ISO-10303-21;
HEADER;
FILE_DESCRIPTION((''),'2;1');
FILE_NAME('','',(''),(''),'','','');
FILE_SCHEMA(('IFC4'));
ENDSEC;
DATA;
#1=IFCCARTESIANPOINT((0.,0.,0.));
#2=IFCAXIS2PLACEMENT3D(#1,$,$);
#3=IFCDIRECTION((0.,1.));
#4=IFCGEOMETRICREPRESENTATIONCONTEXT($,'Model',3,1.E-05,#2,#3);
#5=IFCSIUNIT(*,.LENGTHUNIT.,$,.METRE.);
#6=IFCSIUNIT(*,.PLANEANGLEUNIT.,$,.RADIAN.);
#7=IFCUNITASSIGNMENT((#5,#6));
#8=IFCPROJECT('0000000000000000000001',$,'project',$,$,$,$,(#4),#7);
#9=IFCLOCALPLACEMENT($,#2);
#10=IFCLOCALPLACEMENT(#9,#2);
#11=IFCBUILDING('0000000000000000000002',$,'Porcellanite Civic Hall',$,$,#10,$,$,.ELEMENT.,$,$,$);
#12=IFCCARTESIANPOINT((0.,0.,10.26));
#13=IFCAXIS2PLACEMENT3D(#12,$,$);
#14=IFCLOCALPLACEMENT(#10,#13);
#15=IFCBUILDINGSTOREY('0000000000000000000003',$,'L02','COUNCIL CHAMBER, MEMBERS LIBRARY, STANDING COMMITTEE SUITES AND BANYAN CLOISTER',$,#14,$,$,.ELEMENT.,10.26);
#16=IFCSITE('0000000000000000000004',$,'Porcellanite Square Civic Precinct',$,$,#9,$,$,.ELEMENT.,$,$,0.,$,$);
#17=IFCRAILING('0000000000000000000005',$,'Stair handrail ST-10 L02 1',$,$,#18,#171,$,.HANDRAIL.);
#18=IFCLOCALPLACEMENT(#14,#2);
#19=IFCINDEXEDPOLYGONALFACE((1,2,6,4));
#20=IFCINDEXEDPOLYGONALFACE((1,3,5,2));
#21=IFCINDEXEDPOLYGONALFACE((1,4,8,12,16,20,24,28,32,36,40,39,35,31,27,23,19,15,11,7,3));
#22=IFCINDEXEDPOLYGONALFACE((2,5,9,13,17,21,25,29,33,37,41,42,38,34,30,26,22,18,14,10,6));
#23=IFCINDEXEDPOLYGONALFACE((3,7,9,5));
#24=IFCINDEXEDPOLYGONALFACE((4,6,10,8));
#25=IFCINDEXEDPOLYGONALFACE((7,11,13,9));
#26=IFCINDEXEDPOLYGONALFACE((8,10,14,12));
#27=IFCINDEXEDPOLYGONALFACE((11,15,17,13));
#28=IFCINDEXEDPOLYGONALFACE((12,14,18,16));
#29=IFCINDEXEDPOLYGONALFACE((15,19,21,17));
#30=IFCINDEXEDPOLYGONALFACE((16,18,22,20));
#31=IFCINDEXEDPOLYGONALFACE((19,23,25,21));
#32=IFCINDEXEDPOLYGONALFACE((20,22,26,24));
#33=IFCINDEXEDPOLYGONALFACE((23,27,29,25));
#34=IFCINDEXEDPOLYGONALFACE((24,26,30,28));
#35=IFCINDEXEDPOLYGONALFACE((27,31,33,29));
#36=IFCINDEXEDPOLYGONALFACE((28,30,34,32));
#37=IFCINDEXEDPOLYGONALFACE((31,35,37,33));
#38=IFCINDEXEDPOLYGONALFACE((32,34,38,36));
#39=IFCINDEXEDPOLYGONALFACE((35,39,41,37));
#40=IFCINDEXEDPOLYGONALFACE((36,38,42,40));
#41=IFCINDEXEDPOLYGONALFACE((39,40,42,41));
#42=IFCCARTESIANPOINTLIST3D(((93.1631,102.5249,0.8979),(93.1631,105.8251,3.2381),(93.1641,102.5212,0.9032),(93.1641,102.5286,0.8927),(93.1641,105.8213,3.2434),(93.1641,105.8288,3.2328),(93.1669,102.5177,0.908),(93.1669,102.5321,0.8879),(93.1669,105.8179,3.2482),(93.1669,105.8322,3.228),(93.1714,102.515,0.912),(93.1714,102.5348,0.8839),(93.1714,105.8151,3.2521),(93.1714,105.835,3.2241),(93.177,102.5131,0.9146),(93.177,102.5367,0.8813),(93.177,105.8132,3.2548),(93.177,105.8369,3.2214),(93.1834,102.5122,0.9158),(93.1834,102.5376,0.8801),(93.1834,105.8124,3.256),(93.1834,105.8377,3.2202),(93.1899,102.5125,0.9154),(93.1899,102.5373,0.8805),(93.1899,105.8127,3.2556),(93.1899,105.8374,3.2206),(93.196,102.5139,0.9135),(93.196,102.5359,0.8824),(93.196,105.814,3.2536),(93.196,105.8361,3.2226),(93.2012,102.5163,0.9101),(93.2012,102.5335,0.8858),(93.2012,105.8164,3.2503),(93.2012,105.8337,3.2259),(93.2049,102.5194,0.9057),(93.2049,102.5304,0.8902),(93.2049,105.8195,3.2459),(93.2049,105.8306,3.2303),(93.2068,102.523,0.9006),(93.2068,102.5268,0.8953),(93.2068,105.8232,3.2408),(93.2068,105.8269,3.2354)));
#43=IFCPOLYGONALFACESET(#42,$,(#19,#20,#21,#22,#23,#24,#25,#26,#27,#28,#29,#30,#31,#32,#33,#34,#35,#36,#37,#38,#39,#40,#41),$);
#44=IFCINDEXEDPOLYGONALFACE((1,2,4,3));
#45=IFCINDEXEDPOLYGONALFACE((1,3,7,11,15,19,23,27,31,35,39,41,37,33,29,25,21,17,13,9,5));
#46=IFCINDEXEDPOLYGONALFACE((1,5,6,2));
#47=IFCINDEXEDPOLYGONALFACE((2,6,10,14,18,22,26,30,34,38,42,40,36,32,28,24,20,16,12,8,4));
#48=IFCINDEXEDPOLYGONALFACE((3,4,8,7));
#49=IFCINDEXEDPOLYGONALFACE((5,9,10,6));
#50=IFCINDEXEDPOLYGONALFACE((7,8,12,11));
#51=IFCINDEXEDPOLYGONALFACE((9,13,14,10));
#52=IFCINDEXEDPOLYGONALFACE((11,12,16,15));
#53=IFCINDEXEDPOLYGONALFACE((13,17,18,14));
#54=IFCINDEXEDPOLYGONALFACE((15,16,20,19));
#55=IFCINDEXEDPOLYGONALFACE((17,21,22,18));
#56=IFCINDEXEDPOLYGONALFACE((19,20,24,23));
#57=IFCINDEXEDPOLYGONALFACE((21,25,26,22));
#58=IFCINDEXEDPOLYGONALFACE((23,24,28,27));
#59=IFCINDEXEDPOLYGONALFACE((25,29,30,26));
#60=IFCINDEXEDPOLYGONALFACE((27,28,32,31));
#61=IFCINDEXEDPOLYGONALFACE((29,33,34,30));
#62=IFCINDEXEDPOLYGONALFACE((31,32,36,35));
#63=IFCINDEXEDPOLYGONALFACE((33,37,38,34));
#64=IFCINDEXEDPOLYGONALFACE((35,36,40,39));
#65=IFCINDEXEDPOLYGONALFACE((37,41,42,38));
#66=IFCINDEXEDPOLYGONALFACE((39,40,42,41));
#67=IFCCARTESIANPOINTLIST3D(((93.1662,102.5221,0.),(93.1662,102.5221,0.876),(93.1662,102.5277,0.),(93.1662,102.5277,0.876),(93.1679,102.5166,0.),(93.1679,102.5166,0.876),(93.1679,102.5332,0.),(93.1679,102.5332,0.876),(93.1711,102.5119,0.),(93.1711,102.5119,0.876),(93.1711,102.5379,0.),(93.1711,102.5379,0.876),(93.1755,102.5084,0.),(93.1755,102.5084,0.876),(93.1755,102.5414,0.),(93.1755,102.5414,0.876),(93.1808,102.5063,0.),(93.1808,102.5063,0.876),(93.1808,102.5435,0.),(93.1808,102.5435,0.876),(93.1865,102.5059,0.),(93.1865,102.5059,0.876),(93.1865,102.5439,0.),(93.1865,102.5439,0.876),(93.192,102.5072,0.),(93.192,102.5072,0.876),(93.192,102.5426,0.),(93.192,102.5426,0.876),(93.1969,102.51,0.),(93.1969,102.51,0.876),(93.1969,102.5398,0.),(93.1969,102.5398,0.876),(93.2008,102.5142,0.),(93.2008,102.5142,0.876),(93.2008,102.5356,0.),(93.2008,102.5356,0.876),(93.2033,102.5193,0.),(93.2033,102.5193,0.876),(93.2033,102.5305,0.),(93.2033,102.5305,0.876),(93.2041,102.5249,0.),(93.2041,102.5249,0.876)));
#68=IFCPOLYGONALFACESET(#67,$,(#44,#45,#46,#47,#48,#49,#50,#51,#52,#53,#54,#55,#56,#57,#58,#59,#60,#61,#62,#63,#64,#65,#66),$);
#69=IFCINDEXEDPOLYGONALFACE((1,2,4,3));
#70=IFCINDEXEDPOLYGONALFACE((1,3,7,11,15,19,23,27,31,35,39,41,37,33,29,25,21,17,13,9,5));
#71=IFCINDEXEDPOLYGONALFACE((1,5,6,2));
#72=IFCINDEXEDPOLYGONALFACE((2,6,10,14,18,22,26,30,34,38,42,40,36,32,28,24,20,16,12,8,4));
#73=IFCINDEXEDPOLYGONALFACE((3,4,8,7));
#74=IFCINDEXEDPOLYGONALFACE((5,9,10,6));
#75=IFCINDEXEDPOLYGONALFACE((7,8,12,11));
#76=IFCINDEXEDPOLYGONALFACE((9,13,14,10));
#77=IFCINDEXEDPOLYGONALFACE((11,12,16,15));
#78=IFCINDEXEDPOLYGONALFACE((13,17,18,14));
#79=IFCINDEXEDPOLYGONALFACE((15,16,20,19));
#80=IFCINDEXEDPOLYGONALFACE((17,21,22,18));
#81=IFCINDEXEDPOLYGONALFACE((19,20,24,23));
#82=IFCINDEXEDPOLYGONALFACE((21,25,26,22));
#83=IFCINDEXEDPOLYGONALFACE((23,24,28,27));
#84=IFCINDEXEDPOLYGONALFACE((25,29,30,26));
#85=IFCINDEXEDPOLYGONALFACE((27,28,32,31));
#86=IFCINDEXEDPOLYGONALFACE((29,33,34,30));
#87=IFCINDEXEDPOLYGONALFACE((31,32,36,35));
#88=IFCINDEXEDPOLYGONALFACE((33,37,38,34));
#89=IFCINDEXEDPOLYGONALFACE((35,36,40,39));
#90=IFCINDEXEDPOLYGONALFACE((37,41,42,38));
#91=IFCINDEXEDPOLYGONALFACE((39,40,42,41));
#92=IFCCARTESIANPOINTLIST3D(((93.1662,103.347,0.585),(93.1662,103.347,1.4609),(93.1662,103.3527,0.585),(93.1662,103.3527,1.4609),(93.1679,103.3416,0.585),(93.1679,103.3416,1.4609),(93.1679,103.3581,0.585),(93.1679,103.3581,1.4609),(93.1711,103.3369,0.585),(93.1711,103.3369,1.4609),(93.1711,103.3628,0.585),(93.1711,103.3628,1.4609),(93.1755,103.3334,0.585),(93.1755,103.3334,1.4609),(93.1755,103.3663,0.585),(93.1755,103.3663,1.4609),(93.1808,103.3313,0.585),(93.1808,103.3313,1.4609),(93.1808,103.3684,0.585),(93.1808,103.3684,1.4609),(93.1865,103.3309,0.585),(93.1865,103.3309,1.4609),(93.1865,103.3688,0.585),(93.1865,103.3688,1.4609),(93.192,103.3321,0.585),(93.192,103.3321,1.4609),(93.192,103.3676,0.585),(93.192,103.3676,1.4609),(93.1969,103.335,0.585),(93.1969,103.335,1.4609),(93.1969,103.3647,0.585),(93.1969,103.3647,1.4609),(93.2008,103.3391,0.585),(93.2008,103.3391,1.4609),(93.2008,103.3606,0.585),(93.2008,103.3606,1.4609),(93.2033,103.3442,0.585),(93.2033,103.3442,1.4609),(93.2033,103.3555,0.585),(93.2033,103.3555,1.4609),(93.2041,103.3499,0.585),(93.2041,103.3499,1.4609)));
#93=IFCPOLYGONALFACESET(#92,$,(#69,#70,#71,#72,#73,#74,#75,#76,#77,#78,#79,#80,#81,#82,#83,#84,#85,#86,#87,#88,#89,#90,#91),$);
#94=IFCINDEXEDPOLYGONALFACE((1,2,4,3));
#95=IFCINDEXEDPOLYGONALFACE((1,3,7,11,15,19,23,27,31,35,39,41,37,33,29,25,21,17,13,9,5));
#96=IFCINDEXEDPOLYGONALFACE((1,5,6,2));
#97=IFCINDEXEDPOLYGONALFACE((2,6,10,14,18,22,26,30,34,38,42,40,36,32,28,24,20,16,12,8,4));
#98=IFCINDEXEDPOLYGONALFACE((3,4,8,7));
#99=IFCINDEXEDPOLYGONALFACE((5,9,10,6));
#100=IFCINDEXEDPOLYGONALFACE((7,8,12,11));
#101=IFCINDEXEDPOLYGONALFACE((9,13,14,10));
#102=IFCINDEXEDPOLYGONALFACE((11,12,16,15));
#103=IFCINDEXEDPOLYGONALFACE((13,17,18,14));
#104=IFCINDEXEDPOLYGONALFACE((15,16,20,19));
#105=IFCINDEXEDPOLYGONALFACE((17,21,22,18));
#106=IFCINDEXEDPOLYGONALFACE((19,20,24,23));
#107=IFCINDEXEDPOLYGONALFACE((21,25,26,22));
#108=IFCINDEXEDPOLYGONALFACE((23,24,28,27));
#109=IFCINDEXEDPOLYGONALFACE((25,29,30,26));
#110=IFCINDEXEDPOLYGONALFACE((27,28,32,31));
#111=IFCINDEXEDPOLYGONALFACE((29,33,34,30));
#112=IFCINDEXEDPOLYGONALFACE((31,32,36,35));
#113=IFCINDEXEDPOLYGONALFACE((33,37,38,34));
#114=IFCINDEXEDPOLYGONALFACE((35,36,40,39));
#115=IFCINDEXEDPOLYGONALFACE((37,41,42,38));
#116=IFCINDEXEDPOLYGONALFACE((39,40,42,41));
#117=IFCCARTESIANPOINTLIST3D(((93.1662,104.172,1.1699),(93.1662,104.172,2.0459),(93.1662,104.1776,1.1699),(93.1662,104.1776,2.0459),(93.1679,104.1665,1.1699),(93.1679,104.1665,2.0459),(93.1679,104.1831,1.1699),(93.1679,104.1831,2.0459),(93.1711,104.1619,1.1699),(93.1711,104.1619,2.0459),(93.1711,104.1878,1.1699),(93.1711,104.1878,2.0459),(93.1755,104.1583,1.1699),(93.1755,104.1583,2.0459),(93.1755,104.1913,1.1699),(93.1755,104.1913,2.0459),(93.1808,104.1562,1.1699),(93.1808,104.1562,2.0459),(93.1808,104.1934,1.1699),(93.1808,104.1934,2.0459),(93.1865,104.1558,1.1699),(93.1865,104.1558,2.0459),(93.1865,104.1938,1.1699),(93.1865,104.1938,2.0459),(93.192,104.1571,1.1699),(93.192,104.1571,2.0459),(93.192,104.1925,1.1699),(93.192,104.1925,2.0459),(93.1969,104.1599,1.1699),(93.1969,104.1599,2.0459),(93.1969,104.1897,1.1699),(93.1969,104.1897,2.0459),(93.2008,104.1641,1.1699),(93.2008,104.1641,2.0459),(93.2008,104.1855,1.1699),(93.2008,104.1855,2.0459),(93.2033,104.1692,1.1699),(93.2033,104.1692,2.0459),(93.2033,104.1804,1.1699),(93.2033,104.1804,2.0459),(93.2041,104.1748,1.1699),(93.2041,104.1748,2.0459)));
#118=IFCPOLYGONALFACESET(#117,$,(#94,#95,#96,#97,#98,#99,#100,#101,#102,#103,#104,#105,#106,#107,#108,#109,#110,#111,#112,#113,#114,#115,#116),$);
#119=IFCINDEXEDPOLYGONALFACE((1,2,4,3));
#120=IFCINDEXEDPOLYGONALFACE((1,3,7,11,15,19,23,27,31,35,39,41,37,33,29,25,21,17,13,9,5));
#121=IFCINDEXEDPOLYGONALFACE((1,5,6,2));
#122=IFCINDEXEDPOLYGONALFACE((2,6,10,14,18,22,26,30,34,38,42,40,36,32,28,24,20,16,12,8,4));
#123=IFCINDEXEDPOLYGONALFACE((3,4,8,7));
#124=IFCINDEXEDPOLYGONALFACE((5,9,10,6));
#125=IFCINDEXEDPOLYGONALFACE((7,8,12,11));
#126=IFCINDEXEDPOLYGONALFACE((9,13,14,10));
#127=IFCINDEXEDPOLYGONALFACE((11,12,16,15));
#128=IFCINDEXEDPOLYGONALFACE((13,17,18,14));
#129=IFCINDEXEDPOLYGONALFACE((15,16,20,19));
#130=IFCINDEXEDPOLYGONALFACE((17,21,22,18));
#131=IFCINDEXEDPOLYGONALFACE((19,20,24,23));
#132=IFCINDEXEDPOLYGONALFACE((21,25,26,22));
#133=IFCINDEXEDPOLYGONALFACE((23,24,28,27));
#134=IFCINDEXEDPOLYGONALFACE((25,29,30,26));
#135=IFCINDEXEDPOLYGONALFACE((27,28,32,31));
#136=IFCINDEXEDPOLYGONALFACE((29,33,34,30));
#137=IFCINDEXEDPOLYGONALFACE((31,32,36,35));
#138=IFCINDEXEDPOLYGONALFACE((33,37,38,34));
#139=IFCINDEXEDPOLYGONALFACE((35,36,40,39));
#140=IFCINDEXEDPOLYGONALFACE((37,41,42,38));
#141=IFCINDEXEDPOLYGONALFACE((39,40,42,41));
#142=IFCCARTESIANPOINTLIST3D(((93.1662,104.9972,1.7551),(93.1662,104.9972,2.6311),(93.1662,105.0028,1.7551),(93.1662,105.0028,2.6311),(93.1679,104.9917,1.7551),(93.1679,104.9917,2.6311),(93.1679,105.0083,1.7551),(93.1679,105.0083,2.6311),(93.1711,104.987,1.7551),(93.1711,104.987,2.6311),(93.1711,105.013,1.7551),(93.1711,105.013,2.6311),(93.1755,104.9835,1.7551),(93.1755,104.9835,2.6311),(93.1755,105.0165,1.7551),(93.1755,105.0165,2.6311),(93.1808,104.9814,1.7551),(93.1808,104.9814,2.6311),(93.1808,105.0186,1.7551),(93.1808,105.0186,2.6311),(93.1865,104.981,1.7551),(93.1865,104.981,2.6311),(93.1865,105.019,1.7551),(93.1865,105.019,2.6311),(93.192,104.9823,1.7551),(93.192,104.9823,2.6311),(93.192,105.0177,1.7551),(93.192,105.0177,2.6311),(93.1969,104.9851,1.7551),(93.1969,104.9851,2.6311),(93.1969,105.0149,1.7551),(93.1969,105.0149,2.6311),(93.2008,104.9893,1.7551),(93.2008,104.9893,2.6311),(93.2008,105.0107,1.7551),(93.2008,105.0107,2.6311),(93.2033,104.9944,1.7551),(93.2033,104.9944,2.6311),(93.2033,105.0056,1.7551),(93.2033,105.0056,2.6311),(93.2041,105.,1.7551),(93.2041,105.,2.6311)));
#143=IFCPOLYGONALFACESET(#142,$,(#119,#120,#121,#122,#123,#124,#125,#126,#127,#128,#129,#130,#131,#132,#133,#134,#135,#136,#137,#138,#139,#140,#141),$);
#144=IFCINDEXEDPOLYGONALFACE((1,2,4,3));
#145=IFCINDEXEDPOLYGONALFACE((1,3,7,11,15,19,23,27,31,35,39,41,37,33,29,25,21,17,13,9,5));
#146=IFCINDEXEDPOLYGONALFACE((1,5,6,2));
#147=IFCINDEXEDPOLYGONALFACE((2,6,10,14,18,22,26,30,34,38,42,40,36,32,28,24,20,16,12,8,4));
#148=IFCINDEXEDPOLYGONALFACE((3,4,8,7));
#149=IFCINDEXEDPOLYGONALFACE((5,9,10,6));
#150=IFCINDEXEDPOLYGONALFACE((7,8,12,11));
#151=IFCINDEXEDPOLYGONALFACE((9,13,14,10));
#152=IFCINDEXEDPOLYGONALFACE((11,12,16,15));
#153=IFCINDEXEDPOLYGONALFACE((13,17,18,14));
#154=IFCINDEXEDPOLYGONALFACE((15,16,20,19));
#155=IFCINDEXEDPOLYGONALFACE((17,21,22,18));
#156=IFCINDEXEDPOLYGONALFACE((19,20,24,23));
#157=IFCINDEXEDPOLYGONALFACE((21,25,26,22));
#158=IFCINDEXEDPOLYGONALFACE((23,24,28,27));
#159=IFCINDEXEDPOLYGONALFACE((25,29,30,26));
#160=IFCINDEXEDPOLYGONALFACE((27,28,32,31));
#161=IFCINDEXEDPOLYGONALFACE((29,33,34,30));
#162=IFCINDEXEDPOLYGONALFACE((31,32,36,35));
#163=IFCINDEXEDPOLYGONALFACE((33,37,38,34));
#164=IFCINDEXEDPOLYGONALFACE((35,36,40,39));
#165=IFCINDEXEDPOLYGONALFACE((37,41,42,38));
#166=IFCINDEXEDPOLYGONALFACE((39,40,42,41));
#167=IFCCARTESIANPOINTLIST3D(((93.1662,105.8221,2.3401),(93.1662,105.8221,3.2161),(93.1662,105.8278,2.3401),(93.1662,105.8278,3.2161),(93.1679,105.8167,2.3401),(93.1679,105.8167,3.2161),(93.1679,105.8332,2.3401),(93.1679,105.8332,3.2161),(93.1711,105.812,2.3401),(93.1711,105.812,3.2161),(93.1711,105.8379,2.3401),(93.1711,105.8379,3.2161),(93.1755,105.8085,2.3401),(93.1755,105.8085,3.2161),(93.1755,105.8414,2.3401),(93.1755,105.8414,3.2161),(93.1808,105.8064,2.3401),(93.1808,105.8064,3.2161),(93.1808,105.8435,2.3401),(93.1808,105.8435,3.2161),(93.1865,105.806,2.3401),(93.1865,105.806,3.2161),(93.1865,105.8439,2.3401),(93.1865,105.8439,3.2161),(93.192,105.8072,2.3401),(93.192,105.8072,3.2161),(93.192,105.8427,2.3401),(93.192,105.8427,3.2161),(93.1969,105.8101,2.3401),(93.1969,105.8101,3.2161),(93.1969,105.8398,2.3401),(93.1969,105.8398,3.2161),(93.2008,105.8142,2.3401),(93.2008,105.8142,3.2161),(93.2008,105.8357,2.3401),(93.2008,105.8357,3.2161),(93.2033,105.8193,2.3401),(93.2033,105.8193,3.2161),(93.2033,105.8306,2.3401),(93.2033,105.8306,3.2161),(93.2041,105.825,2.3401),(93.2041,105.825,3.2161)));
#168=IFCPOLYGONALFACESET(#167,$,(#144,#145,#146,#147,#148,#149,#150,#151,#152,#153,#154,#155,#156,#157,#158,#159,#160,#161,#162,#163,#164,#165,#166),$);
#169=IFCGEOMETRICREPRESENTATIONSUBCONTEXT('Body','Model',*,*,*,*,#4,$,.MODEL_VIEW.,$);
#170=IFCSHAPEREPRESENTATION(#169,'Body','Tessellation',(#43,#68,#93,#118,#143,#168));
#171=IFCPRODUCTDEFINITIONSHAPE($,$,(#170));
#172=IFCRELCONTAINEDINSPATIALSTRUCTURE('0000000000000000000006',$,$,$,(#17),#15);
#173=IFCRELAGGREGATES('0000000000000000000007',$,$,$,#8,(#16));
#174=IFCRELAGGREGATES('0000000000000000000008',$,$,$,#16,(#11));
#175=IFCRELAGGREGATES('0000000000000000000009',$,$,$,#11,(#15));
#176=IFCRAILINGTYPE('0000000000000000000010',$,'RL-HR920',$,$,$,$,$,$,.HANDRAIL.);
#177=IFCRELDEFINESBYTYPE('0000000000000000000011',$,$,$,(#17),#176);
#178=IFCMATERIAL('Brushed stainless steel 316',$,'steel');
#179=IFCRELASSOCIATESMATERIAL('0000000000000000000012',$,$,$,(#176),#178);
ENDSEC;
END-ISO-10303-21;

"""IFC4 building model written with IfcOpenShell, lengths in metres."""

from ifc_helpers import new_model, si_unit, direction, frame, origin, origin_2d, place, context, subcontext, project, spatial, circle, extrude, material, type_object, element, save


model = new_model("IFC4")

# Units and contexts
model_context = context("Model", 3, precision=1e-05, world=origin(), true_north=direction((0.0, 1.0)))
body_context = subcontext(model_context, "Body", "Model", "MODEL_VIEW")
ifc_project = project(units=[si_unit("LENGTHUNIT", "METRE"), si_unit("PLANEANGLEUNIT", "RADIAN")], contexts=[model_context])

# Site, building, storey
site_placement = place(None, origin())
site = spatial("IfcSite", under=ifc_project, at=site_placement, Name="Porcellanite Square Civic Precinct", CompositionType="ELEMENT", RefElevation=0.0)
building_placement = place(site_placement, origin())
building = spatial("IfcBuilding", under=site, at=building_placement, Name="Porcellanite Civic Hall", CompositionType="ELEMENT")
storey_placement = place(building_placement, frame((0.0, 0.0, 10.26)))
storey = spatial("IfcBuildingStorey", under=building, at=storey_placement, Name="L02", Description="COUNCIL CHAMBER, MEMBERS LIBRARY, STANDING COMMITTEE SUITES AND BANYAN CLOISTER", CompositionType="ELEMENT", Elevation=10.26)

# Railing
ifc_material_1 = material(Name="Brushed stainless steel 316", Category="steel")
railing_type_1 = type_object("IfcRailingType", Name="RL-HR920", PredefinedType="HANDRAIL", material=ifc_material_1)
railing_1_placement = place(storey_placement, frame((93.1851, 102.5249, 0.0)))
element("IfcRailing", 1, at=railing_1_placement, inside=storey, type_object=railing_type_1, Name="Stair handrail ST-10 L02 1", PredefinedType="HANDRAIL", context=body_context, shape_type="SweptSolid", body=[
    extrude(circle(Radius=0.022, at=origin_2d()), frame((0.0, 0.0, 0.8979), z_axis=(0.0, 0.815727, 0.578438), x_axis=(-1.0, 0.0, 0.0)), (0.0, 0.0, 1.0), 4.0457),
    extrude(circle(Radius=0.019, at=origin_2d()), origin(), (0.0, 0.0, 1.0), 0.876),
    extrude(circle(Radius=0.019, at=origin_2d()), frame((0.0, 0.825, 0.585)), (0.0, 0.0, 1.0), 0.876),
    extrude(circle(Radius=0.019, at=origin_2d()), frame((0.0, 1.6499, 1.1699)), (0.0, 0.0, 1.0), 0.876),
    extrude(circle(Radius=0.019, at=origin_2d()), frame((0.0, 2.4751, 1.7551)), (0.0, 0.0, 1.0), 0.876),
    extrude(circle(Radius=0.019, at=origin_2d()), frame((0.0, 3.3, 2.3401)), (0.0, 0.0, 1.0), 0.876),
])

save(model, "model.ifc")
